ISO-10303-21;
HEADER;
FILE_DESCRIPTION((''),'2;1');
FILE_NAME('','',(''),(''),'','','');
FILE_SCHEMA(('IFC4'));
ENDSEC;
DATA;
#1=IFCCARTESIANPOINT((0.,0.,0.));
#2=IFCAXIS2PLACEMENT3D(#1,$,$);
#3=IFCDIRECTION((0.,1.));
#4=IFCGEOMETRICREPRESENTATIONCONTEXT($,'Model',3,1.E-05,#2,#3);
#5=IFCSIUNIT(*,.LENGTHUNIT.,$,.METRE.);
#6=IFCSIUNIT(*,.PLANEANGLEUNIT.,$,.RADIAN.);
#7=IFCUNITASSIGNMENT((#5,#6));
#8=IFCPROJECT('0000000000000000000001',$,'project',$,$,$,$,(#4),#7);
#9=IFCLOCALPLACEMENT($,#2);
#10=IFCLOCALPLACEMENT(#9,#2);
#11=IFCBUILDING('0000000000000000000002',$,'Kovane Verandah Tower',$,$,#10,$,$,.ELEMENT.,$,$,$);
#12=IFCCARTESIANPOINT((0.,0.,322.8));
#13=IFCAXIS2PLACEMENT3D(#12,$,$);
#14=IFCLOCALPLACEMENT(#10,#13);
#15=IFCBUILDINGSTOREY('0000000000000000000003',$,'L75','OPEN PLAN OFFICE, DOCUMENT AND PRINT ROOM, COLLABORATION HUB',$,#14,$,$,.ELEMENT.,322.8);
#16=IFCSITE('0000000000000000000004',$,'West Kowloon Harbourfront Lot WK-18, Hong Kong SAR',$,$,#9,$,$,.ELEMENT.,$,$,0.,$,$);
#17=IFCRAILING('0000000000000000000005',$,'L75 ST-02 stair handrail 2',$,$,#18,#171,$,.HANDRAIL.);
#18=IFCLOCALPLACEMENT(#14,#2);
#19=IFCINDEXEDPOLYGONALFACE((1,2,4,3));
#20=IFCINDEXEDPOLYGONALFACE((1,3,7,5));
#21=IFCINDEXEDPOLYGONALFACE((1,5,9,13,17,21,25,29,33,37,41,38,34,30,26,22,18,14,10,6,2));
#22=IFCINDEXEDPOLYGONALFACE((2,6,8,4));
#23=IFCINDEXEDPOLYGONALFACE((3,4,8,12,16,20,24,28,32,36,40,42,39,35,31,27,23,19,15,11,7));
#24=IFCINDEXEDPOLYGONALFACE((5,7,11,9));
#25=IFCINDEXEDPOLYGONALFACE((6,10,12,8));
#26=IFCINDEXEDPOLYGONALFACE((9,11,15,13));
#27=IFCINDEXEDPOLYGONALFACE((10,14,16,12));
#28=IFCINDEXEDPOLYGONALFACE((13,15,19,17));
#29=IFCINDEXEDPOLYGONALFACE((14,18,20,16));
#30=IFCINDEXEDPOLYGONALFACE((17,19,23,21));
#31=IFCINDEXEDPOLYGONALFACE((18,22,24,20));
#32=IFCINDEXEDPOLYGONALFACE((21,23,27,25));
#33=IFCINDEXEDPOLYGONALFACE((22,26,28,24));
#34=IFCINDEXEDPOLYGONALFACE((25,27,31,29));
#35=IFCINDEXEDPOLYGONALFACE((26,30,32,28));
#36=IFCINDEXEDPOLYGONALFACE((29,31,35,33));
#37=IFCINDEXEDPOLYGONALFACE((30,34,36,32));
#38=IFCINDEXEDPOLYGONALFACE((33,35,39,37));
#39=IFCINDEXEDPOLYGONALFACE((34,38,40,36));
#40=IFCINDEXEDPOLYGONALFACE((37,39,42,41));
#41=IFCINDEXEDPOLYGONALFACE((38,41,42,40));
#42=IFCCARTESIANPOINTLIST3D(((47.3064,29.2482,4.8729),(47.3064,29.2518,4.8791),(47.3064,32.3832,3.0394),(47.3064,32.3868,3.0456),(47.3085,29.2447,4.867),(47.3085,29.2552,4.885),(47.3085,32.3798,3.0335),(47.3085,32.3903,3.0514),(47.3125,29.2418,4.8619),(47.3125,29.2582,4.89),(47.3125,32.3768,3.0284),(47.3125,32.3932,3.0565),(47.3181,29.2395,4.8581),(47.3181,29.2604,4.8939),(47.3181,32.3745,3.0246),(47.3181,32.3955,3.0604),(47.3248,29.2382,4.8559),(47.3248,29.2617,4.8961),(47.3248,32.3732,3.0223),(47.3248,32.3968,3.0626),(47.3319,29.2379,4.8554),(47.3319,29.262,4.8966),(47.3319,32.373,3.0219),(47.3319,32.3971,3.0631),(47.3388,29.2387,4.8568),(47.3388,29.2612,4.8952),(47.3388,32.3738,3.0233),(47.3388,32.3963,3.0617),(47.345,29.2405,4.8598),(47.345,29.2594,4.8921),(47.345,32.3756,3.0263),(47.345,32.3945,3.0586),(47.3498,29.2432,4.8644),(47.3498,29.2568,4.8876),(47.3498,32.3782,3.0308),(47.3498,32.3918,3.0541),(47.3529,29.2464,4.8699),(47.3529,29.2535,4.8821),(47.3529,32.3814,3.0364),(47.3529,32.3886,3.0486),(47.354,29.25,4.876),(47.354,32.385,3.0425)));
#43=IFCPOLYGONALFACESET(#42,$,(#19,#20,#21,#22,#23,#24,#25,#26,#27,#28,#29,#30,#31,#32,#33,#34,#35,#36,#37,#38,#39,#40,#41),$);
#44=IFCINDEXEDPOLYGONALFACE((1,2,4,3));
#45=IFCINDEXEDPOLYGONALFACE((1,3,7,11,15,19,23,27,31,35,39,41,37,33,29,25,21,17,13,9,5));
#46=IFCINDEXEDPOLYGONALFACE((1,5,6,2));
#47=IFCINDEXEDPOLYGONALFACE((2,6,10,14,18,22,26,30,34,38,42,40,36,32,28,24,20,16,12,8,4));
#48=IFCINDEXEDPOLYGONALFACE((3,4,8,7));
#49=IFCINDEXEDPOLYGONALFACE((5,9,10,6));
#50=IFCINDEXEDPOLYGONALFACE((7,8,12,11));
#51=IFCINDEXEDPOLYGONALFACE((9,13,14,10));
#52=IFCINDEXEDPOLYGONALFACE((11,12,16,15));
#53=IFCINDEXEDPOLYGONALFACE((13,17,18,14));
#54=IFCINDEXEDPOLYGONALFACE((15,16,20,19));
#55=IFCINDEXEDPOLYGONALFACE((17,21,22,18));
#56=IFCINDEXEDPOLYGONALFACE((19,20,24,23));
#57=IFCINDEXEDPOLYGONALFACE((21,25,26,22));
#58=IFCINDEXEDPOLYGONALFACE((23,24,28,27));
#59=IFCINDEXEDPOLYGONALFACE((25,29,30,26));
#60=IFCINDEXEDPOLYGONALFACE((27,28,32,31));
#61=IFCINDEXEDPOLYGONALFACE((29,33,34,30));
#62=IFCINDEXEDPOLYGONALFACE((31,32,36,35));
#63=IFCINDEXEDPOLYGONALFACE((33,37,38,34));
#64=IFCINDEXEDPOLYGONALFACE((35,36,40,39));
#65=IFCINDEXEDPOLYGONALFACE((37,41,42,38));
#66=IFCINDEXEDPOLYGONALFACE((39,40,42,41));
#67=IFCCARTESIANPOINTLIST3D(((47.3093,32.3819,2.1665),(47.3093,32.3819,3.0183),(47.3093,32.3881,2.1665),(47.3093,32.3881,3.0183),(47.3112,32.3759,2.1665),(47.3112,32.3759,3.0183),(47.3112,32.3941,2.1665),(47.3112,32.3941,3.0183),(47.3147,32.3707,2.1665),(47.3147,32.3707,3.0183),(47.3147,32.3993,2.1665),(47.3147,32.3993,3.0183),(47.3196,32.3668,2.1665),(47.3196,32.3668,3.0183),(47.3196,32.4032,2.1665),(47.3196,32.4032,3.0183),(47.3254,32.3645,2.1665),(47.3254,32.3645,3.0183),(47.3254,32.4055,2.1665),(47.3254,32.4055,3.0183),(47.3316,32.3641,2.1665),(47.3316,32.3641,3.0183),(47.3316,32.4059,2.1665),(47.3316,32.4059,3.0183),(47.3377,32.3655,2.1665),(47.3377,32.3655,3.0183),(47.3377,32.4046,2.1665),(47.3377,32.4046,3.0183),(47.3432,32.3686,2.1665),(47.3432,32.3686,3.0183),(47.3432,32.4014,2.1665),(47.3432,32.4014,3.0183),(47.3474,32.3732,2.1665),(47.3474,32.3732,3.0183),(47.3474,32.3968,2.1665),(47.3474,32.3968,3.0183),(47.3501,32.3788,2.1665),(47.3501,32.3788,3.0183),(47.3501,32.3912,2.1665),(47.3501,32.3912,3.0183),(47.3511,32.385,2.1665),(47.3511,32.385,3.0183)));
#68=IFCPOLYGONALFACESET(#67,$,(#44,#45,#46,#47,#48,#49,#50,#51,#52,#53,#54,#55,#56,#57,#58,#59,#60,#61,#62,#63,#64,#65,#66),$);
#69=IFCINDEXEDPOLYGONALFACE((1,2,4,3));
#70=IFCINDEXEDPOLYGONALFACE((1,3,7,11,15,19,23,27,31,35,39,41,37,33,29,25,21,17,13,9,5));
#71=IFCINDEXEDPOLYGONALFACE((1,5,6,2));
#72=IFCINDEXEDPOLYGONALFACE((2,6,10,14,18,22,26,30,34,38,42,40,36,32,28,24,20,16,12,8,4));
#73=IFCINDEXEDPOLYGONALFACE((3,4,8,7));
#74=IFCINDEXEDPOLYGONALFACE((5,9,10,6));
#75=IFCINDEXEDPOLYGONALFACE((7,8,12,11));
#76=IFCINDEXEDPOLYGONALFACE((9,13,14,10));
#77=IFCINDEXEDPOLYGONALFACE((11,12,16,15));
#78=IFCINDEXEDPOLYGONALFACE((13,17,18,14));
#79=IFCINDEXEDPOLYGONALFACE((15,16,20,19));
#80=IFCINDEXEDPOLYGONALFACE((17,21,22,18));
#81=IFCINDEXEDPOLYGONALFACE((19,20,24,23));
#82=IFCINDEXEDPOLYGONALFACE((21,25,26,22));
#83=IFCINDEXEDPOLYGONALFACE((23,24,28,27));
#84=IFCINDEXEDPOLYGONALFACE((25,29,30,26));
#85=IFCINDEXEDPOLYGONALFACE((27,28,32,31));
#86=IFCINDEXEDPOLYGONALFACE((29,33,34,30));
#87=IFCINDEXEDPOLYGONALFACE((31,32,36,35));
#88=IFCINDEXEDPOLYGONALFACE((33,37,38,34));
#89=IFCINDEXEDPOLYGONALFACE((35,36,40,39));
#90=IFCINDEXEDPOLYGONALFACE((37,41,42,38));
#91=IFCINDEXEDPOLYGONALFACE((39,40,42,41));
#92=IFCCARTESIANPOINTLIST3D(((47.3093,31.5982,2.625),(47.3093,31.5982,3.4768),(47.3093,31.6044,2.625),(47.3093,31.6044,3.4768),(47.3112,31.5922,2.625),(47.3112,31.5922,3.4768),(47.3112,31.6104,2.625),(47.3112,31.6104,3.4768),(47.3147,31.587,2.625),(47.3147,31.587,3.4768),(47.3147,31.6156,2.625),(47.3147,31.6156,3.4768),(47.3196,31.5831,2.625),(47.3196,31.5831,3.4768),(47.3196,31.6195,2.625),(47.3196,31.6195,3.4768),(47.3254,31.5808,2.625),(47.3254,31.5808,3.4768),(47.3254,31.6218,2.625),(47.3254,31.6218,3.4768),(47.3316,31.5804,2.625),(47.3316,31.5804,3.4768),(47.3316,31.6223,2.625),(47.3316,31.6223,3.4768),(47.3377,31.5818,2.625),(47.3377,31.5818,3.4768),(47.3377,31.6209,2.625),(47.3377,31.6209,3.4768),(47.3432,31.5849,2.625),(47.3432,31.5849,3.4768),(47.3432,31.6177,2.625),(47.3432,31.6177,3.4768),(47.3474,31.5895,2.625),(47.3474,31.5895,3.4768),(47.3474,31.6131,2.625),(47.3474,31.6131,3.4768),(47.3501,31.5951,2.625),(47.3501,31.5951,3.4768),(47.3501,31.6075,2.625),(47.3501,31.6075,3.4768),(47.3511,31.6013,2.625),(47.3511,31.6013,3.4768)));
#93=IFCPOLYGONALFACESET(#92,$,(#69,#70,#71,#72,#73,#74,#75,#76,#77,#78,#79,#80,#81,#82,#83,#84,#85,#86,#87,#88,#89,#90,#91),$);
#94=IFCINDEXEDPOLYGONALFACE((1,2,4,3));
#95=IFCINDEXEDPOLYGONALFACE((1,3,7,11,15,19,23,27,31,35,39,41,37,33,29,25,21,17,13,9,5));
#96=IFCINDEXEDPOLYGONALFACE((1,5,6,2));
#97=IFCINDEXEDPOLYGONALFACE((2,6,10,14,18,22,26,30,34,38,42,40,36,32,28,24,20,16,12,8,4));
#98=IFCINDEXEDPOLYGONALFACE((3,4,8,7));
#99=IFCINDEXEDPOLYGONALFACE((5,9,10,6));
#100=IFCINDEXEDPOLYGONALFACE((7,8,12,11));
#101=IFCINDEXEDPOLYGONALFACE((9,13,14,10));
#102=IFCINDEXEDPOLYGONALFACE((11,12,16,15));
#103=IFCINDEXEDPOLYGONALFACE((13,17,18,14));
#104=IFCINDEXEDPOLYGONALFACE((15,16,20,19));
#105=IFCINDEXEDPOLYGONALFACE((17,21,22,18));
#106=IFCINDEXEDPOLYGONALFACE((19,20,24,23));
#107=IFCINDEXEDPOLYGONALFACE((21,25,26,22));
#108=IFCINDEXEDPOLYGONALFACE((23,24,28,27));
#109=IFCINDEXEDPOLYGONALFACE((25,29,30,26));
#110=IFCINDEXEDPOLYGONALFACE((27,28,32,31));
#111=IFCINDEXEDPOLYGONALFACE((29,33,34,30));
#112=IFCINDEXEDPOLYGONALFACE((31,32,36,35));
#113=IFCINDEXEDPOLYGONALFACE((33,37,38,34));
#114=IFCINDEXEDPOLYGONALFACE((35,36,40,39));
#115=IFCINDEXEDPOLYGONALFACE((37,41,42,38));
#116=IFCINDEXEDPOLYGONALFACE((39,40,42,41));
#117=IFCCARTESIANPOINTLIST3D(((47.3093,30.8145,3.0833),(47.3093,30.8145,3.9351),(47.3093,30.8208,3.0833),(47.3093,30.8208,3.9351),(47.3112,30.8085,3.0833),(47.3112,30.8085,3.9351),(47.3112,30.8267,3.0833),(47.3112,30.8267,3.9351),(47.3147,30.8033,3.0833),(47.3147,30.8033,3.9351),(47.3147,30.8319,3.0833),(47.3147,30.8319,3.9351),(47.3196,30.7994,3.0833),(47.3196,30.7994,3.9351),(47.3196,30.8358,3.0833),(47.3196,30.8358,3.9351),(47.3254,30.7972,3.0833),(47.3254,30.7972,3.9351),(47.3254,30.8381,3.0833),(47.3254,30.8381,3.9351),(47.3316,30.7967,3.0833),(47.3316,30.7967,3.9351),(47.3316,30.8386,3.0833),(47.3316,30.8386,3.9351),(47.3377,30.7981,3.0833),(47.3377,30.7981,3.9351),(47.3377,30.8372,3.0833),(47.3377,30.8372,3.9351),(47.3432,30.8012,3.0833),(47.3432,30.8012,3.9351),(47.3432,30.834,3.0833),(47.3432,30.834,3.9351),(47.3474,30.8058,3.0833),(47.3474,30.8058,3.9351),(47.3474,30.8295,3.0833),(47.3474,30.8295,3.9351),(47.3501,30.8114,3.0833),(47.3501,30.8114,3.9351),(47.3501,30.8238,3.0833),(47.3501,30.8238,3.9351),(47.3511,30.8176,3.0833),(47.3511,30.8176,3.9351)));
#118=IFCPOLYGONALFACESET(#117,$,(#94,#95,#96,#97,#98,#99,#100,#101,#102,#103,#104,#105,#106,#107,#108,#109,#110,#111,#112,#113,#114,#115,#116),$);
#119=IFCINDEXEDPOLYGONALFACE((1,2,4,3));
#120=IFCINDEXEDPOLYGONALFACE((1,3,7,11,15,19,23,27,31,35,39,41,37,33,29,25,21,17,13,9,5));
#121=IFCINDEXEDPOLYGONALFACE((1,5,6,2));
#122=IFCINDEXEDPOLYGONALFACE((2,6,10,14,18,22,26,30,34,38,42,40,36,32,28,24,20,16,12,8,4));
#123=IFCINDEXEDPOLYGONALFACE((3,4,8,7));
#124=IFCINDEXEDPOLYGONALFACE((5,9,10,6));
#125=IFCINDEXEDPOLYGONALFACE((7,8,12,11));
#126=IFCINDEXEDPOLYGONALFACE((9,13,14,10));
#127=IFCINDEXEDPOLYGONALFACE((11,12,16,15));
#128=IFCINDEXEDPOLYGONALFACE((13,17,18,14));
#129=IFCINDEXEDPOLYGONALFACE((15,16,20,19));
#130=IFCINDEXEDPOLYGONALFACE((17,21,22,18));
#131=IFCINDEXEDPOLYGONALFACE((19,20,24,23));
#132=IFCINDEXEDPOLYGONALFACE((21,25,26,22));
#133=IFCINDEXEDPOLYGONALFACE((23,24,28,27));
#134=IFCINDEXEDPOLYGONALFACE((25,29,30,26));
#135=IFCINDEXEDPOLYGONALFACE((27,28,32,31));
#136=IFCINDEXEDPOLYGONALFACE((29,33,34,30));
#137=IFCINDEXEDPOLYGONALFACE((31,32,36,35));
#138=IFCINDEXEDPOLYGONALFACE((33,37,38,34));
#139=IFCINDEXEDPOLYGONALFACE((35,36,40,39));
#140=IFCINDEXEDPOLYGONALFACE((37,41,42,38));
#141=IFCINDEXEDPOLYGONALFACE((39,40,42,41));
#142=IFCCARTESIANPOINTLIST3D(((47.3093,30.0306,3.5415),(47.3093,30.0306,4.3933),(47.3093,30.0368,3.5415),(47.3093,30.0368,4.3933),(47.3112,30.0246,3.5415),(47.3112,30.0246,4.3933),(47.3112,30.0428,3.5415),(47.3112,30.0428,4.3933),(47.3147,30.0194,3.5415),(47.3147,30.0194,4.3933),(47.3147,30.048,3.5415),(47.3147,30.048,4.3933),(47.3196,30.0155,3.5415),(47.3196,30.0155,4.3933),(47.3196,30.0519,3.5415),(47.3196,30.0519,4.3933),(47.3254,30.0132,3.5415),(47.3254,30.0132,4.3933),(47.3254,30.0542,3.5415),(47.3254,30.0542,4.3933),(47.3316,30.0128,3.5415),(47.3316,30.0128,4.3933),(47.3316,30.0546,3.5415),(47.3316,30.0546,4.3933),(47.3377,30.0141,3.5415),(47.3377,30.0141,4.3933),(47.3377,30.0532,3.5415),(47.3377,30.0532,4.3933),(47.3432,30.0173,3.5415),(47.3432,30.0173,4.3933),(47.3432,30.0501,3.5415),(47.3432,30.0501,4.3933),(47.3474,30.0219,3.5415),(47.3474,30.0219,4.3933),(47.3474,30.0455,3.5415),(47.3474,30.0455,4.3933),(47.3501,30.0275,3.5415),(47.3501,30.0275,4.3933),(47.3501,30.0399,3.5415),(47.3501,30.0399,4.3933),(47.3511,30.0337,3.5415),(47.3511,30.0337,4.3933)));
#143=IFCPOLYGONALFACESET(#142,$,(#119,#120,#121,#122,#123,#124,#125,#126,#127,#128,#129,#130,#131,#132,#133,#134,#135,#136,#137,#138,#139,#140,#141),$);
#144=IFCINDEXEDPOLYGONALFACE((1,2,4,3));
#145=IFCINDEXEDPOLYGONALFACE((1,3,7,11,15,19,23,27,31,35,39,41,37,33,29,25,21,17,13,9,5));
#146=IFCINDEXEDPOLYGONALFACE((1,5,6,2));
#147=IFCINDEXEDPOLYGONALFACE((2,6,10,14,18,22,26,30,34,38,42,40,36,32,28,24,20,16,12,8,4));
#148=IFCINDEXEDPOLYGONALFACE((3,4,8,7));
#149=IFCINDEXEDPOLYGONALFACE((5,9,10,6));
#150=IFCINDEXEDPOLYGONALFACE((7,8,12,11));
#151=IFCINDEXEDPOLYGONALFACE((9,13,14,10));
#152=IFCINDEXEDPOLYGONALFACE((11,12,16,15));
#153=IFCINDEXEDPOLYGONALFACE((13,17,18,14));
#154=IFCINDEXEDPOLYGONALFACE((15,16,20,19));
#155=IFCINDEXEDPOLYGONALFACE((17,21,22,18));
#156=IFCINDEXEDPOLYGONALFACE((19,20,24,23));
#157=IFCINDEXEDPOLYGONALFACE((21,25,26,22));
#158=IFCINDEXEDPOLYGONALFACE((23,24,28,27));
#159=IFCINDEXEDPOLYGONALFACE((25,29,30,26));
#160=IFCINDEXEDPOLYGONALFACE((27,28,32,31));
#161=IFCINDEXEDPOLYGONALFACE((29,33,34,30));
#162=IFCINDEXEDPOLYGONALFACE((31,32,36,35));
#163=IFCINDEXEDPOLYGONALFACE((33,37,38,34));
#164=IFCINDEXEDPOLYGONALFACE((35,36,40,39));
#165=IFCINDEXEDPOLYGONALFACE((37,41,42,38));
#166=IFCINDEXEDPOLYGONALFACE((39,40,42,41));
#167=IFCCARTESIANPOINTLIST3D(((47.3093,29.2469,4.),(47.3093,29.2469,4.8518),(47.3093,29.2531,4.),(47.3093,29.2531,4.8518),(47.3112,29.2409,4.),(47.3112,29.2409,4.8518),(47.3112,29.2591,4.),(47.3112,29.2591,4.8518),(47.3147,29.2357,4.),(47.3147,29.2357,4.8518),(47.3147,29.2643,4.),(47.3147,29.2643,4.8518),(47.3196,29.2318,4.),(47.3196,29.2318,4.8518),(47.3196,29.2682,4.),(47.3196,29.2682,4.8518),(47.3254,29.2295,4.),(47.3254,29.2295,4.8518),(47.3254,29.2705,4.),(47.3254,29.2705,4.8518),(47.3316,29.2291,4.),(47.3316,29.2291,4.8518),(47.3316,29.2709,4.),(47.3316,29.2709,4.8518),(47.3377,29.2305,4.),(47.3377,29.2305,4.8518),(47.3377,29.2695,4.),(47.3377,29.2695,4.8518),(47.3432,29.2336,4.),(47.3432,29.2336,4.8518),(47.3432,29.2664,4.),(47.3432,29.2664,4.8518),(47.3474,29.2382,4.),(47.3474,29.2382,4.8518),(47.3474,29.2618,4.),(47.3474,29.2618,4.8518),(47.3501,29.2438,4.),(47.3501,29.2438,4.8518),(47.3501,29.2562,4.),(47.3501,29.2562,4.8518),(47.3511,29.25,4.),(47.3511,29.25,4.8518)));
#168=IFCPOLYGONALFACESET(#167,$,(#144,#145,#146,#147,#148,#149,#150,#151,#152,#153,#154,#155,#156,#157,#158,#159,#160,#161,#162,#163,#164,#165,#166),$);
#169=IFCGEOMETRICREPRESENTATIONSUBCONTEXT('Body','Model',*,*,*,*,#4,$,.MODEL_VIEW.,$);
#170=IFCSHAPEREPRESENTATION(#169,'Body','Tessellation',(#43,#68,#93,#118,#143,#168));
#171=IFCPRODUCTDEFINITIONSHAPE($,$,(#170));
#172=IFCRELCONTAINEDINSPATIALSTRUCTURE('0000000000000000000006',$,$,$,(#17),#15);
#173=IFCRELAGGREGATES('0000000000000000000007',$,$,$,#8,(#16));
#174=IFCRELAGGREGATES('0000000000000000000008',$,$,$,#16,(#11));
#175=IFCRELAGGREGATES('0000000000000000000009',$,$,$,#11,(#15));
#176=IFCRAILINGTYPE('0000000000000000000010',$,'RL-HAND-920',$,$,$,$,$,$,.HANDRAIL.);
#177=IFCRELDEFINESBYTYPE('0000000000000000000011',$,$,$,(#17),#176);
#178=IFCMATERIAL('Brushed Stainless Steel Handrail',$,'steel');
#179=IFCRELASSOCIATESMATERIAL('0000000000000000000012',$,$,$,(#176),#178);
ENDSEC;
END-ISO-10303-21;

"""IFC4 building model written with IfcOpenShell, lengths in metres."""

from ifc_helpers import new_model, si_unit, direction, frame, origin, origin_2d, place, context, subcontext, project, spatial, circle, extrude, material, type_object, element, save


model = new_model("IFC4")

# Units and contexts
model_context = context("Model", 3, precision=1e-05, world=origin(), true_north=direction((0.0, 1.0)))
body_context = subcontext(model_context, "Body", "Model", "MODEL_VIEW")
ifc_project = project(units=[si_unit("LENGTHUNIT", "METRE"), si_unit("PLANEANGLEUNIT", "RADIAN")], contexts=[model_context])

# Site, building, storey
site_placement = place(None, origin())
site = spatial("IfcSite", under=ifc_project, at=site_placement, Name="West Kowloon Harbourfront Lot WK-18, Hong Kong SAR", CompositionType="ELEMENT", RefElevation=0.0)
building_placement = place(site_placement, origin())
building = spatial("IfcBuilding", under=site, at=building_placement, Name="Kovane Verandah Tower", CompositionType="ELEMENT")
storey_placement = place(building_placement, frame((0.0, 0.0, 322.8)))
storey = spatial("IfcBuildingStorey", under=building, at=storey_placement, Name="L75", Description="OPEN PLAN OFFICE, DOCUMENT AND PRINT ROOM, COLLABORATION HUB", CompositionType="ELEMENT", Elevation=322.8)

# Railing
ifc_material_1 = material(Name="Brushed Stainless Steel Handrail", Category="steel")
railing_type_1 = type_object("IfcRailingType", Name="RL-HAND-920", PredefinedType="HANDRAIL", material=ifc_material_1)
for number, where, name in (
    (1, (47.3301, 32.385, 2.1665), "L75 ST-02 stair handrail 2"),
):
    element("IfcRailing", number, at=place(storey_placement, frame(where)), inside=storey, type_object=railing_type_1, Name=name, PredefinedType="HANDRAIL", context=body_context, shape_type="SweptSolid", body=[
        extrude(circle(Radius=0.0239, at=origin_2d()), frame((0.0, 0.0, 0.876), z_axis=(0.0, -0.86321, 0.504845), x_axis=(1.0, 0.0, 0.0)), (0.0, 0.0, 1.0), 3.6318),
        extrude(circle(Radius=0.021, at=origin_2d()), origin(), (0.0, 0.0, 1.0), 0.8518),
        extrude(circle(Radius=0.021, at=origin_2d()), frame((0.0, -0.7837, 0.4585)), (0.0, 0.0, 1.0), 0.8518),
        extrude(circle(Radius=0.021, at=origin_2d()), frame((0.0, -1.5674, 0.9167)), (0.0, 0.0, 1.0), 0.8518),
        extrude(circle(Radius=0.021, at=origin_2d()), frame((0.0, -2.3513, 1.375)), (0.0, 0.0, 1.0), 0.8518),
        extrude(circle(Radius=0.021, at=origin_2d()), frame((0.0, -3.135, 1.8335)), (0.0, 0.0, 1.0), 0.8518),
    ])

save(model, "model.ifc")
